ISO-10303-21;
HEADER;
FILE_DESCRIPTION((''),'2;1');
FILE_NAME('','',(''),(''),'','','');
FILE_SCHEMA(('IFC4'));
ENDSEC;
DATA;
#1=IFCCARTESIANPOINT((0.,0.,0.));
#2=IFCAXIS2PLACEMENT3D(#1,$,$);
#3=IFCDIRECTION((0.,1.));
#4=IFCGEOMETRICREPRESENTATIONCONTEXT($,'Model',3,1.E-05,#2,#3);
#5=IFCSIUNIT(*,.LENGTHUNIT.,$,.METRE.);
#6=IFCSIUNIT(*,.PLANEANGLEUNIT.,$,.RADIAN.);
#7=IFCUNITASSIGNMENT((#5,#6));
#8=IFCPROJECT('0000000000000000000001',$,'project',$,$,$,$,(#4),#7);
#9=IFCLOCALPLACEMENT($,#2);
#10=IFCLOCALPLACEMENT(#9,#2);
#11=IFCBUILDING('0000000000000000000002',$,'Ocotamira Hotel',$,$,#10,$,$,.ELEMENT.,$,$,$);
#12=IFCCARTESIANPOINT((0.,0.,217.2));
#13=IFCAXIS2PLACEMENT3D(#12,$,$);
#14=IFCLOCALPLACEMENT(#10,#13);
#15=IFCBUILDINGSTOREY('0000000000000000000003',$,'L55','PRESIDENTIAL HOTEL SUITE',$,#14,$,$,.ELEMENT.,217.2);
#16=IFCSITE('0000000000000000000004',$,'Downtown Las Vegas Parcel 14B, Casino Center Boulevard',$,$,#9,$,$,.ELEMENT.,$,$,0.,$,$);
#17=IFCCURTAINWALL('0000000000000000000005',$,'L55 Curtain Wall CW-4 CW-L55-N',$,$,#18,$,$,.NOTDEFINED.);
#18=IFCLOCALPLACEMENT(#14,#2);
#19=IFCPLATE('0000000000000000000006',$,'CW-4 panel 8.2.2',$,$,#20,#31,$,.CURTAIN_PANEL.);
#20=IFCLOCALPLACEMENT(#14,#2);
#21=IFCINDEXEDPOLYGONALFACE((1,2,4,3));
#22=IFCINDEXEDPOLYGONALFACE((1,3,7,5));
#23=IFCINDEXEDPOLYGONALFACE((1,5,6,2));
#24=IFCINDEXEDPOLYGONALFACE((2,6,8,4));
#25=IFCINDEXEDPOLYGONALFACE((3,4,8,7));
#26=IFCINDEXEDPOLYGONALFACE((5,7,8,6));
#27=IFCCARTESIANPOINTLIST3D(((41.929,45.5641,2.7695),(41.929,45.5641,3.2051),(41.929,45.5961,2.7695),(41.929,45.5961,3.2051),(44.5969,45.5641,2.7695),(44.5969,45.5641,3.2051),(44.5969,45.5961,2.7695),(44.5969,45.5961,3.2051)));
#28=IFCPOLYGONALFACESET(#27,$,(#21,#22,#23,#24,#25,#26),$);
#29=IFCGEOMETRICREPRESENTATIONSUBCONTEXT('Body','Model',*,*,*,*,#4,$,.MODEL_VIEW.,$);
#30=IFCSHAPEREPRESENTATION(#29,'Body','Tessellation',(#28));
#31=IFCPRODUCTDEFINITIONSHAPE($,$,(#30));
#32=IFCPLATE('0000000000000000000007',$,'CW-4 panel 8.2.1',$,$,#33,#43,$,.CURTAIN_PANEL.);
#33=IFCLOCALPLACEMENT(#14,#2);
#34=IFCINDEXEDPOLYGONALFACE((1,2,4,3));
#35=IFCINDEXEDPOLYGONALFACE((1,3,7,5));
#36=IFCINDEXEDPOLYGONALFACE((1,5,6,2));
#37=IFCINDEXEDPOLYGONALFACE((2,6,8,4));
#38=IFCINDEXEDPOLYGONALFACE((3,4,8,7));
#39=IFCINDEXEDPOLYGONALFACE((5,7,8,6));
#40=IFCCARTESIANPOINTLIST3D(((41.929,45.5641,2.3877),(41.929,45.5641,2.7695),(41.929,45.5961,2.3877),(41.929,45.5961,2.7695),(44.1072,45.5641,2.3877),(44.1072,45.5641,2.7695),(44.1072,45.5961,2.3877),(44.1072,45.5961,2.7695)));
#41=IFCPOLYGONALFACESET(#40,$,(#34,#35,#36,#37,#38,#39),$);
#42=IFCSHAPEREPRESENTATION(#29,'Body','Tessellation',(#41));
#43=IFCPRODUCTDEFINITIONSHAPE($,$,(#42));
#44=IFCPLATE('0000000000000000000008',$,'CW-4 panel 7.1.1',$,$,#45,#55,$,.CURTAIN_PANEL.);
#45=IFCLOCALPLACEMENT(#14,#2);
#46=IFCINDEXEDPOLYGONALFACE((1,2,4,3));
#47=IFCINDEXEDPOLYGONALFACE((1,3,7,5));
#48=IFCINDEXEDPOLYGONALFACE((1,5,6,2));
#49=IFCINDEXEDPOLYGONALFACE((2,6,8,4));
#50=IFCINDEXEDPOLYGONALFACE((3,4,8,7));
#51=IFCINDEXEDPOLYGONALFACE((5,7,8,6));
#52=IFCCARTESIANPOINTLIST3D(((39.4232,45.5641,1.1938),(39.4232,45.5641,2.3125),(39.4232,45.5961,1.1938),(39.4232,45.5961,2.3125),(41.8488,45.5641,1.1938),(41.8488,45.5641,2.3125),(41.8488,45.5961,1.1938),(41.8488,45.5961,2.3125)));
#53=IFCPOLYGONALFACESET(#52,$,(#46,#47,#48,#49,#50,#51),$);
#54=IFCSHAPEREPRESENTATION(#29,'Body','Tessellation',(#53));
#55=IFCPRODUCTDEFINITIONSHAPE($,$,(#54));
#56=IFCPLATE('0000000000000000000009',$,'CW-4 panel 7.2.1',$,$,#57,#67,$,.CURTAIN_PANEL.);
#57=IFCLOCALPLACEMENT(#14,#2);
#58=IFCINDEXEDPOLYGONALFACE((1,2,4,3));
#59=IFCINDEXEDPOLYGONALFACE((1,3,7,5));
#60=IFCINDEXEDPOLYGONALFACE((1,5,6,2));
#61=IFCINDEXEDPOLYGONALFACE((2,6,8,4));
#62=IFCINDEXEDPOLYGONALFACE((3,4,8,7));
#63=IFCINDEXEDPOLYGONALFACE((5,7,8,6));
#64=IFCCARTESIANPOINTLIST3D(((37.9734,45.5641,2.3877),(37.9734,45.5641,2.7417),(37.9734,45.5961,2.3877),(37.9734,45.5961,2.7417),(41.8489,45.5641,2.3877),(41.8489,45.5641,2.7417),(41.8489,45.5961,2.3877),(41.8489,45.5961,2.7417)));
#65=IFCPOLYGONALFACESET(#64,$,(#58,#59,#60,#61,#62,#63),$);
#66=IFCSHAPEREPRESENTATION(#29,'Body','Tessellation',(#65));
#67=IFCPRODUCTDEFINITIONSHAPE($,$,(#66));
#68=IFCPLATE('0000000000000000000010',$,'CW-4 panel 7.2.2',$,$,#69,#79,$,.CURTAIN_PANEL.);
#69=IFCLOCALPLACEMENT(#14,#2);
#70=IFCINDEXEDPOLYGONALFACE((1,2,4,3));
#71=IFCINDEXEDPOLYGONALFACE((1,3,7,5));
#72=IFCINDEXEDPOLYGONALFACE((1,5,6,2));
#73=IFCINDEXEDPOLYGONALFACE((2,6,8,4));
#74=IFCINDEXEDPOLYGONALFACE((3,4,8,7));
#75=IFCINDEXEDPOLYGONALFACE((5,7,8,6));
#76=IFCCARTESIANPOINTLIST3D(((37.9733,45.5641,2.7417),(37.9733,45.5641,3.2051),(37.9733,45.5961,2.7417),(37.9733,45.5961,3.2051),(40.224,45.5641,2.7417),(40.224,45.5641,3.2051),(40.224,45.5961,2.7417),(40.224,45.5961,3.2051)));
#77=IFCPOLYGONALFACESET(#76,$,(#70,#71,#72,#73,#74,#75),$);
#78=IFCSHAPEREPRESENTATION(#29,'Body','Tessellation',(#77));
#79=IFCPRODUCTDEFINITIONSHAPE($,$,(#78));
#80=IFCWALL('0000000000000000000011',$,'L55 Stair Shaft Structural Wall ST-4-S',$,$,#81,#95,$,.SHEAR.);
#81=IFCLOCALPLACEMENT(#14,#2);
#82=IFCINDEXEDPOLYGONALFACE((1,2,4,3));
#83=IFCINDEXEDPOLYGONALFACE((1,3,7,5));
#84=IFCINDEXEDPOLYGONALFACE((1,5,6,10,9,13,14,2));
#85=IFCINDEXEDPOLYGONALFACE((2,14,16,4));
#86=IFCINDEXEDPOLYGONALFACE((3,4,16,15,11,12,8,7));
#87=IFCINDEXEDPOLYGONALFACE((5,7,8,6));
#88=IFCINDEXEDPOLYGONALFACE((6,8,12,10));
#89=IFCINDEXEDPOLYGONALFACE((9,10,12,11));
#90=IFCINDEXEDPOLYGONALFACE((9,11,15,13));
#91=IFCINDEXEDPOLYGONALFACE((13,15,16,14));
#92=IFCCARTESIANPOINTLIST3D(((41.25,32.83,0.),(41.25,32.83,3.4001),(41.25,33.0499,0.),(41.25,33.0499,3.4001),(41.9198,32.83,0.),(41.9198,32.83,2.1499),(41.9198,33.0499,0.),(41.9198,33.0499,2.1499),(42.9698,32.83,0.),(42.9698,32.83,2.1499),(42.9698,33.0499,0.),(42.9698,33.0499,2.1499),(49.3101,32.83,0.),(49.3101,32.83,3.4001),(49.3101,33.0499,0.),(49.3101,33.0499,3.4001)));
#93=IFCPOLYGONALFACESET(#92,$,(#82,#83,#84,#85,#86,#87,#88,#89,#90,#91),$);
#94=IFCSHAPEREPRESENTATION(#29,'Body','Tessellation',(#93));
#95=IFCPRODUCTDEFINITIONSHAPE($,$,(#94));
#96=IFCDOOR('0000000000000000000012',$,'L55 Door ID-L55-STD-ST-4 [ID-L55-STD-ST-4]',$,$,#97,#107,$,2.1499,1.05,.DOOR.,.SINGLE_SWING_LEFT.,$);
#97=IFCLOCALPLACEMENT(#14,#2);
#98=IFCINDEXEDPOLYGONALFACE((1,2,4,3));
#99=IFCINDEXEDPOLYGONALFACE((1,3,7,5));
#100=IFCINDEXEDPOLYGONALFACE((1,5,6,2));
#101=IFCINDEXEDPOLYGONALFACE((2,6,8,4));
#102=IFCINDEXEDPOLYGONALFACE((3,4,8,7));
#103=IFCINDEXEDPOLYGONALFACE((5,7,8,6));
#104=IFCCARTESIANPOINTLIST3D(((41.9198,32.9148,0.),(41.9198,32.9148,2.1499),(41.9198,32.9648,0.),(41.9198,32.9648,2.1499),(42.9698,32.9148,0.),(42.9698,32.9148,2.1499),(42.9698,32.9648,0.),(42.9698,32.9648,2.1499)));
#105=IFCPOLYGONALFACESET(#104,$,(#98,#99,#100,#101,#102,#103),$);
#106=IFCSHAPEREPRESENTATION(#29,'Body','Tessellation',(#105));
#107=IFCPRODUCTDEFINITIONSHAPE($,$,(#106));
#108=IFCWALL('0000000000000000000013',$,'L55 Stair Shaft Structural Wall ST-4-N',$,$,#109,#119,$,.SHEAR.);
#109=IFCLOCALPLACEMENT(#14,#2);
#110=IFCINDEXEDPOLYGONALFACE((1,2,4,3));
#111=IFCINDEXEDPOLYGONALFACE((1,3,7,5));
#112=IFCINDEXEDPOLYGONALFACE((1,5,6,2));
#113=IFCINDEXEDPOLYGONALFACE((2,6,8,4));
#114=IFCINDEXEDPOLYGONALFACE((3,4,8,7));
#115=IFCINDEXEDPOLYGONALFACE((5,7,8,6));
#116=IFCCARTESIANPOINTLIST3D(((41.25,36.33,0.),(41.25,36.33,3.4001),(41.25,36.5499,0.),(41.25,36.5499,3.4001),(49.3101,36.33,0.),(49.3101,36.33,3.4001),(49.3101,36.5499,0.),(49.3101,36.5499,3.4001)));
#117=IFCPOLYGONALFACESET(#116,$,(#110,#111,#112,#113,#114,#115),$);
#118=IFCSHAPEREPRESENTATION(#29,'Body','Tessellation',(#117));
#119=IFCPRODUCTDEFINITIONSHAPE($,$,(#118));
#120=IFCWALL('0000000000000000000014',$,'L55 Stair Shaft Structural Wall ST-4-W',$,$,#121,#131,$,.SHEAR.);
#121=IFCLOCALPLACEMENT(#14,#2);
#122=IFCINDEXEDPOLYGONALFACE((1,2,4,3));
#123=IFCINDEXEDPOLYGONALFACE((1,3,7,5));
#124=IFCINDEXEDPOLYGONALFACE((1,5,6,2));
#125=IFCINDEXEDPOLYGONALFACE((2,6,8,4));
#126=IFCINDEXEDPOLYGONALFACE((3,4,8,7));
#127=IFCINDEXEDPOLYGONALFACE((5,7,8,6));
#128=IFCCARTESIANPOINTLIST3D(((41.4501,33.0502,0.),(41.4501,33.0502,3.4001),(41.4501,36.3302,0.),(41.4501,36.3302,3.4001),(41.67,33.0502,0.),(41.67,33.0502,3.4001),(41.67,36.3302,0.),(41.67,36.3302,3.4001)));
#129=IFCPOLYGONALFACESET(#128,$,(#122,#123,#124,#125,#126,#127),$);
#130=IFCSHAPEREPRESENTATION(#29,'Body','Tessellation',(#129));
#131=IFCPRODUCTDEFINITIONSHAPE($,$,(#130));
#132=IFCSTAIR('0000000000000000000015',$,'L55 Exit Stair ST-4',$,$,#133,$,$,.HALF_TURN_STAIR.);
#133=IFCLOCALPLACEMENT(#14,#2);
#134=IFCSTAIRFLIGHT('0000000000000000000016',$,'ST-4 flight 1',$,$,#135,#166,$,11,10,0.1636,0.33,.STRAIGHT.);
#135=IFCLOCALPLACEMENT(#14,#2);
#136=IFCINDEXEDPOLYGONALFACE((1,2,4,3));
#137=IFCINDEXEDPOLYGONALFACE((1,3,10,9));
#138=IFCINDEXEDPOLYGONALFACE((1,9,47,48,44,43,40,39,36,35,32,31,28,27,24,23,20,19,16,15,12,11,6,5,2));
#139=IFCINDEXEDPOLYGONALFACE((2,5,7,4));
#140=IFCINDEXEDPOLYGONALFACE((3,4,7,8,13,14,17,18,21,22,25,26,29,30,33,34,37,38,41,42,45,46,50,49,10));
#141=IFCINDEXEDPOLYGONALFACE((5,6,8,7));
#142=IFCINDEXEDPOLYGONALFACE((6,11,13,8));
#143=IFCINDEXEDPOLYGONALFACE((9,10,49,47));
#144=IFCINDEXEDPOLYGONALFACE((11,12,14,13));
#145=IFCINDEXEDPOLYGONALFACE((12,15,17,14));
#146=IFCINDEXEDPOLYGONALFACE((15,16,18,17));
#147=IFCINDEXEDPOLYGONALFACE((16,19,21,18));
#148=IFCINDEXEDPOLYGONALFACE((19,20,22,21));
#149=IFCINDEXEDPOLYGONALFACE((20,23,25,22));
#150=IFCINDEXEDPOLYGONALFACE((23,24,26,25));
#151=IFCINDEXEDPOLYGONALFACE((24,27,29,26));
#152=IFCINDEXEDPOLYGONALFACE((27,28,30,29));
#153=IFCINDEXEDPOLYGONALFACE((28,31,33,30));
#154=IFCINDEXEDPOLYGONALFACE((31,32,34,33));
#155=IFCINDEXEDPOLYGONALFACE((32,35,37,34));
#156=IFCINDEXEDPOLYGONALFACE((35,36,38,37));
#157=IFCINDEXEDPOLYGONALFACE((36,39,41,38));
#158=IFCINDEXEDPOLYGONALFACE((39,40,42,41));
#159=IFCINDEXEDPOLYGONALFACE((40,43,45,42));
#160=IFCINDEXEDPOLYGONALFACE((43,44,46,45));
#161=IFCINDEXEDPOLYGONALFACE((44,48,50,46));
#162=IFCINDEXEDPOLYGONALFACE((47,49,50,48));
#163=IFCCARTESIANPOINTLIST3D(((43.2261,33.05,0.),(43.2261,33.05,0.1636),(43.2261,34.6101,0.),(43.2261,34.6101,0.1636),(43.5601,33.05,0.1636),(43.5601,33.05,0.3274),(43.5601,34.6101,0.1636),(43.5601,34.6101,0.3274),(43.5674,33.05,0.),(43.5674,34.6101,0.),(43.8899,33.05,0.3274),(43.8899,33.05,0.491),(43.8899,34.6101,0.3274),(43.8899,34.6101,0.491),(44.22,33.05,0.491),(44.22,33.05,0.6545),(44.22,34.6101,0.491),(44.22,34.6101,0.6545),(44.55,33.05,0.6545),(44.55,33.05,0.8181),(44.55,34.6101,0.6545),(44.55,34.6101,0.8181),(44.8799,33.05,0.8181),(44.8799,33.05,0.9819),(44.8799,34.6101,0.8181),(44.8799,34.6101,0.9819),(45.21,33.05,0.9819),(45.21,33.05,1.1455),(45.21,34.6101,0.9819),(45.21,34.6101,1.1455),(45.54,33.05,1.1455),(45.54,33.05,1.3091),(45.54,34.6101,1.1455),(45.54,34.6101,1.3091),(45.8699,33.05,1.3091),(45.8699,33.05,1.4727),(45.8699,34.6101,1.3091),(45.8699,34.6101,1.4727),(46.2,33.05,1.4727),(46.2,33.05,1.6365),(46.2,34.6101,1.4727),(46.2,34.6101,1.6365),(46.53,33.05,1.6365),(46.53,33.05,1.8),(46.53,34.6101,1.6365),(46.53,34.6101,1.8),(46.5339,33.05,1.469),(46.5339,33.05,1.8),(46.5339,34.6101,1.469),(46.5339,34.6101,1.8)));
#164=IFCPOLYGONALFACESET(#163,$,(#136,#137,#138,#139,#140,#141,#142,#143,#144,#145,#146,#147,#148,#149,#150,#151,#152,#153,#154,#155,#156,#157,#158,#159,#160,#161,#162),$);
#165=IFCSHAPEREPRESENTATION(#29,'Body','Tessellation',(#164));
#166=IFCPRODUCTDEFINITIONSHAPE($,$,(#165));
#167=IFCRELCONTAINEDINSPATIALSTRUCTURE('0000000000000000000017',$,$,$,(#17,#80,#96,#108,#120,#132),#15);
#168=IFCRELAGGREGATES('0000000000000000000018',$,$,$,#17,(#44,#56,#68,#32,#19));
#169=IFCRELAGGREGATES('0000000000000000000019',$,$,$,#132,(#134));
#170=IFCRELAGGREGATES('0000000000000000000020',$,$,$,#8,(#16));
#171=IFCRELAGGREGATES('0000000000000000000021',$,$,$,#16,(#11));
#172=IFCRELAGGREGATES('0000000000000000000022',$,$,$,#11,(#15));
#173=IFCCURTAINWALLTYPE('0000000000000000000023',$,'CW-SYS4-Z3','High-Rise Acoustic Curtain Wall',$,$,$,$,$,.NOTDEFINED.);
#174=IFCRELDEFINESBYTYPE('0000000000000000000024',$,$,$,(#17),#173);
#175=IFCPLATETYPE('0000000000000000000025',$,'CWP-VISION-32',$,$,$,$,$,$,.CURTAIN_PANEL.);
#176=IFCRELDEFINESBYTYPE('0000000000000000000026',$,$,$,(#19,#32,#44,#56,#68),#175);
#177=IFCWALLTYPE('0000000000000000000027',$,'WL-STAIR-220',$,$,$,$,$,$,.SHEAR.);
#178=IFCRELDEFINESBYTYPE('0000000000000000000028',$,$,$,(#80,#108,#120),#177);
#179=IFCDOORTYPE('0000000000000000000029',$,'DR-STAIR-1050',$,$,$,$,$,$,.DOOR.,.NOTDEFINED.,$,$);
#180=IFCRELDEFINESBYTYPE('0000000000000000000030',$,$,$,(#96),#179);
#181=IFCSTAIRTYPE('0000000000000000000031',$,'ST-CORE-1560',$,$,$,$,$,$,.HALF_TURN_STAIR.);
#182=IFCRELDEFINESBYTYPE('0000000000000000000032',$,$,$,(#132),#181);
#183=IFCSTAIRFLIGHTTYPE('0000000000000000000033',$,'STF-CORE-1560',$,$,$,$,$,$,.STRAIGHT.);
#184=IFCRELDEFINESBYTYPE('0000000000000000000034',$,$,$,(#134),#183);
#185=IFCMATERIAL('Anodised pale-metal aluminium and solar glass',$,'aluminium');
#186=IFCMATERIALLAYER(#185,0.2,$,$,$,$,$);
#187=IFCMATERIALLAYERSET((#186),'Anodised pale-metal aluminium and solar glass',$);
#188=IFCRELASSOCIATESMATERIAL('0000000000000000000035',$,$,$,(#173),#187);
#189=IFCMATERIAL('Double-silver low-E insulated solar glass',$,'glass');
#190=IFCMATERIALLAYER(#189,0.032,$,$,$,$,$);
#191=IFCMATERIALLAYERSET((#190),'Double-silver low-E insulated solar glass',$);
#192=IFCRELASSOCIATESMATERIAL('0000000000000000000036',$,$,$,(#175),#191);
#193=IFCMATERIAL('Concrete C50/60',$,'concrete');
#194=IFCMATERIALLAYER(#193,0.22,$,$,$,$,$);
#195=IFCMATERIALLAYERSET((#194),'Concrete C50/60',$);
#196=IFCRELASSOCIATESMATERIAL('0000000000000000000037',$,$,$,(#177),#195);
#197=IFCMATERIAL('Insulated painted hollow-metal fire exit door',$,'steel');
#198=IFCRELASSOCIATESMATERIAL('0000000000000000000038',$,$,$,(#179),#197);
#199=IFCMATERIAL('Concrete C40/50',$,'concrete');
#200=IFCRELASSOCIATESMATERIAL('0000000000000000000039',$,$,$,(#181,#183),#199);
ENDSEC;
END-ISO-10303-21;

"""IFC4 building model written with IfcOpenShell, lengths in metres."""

from ifc_helpers import new_model, si_unit, direction, frame, frame_2d, origin, origin_2d, place, context, subcontext, project, spatial, polyline, rectangle, outline, extrude, source, transform, mapped, material, layer, layer_set, type_object, element, fill, aggregate, save


model = new_model("IFC4")

# Units and contexts
model_context = context("Model", 3, precision=1e-05, world=origin(), true_north=direction((0.0, 1.0)))
body_context = subcontext(model_context, "Body", "Model", "MODEL_VIEW")
ifc_project = project(units=[si_unit("LENGTHUNIT", "METRE"), si_unit("PLANEANGLEUNIT", "RADIAN")], contexts=[model_context])

# Site, building, storey
site_placement = place(None, origin())
site = spatial("IfcSite", under=ifc_project, at=site_placement, Name="Downtown Las Vegas Parcel 14B, Casino Center Boulevard", CompositionType="ELEMENT", RefElevation=0.0)
building_placement = place(site_placement, origin())
building = spatial("IfcBuilding", under=site, at=building_placement, Name="Ocotamira Hotel", CompositionType="ELEMENT")
storey_placement = place(building_placement, frame((0.0, 0.0, 217.2)))
storey = spatial("IfcBuildingStorey", under=building, at=storey_placement, Name="L55", Description="PRESIDENTIAL HOTEL SUITE", CompositionType="ELEMENT", Elevation=217.2)

# Shared definitions
ifc_material_1 = material(Name="Concrete C50/60", Category="concrete")

# Curtain wall
ifc_material_2 = material(Name="Anodised pale-metal aluminium and solar glass", Category="aluminium")
ifc_layer_1 = layer(ifc_material_2, 0.2)
ifc_layer_set_1 = layer_set([ifc_layer_1], Name="Anodised pale-metal aluminium and solar glass")
curtain_wall_type = type_object("IfcCurtainWallType", Name="CW-SYS4-Z3", Description="High-Rise Acoustic Curtain Wall", PredefinedType="NOTDEFINED", material=ifc_layer_set_1)
curtain_wall_placement = place(storey_placement, origin())
curtain_wall = element("IfcCurtainWall", 1, at=curtain_wall_placement, inside=storey, type_object=curtain_wall_type, Name="L55 Curtain Wall CW-4 CW-L55-N", PredefinedType="NOTDEFINED")

# Plates
ifc_material_3 = material(Name="Double-silver low-E insulated solar glass", Category="glass")
ifc_layer_2 = layer(ifc_material_3, 0.032)
ifc_layer_set_2 = layer_set([ifc_layer_2], Name="Double-silver low-E insulated solar glass")
plate_type_1 = type_object("IfcPlateType", Name="CWP-VISION-32", PredefinedType="CURTAIN_PANEL", material=ifc_layer_set_2)
shared_shape_1 = source(origin(), body_context, "Body", "SweptSolid", [
    extrude(rectangle(XDim=2.668, YDim=0.032, at=origin_2d()), origin(), (0.0, 0.0, 1.0), 0.4355),
])
plate_1_placement = place(storey_placement, frame((43.2629, 45.5801, 2.7695), z_axis=(0.0, 0.0, 1.0), x_axis=(1.0, 0.0, 0.0)))
plate_1 = element("IfcPlate", 2, at=plate_1_placement, type_object=plate_type_1, Name="CW-4 panel 8.2.2", PredefinedType="CURTAIN_PANEL", context=body_context, shape_type="MappedRepresentation", body=[
    mapped(shared_shape_1, transform((0.0, 0.0, 0.0), scale=1.0)),
])
shared_shape_2 = source(origin(), body_context, "Body", "SweptSolid", [
    extrude(rectangle(XDim=2.1782, YDim=0.032, at=origin_2d()), origin(), (0.0, 0.0, 1.0), 0.3818),
])
plate_2_placement = place(storey_placement, frame((43.0181, 45.5801, 2.3877), z_axis=(0.0, 0.0, 1.0), x_axis=(1.0, 0.0, 0.0)))
plate_2 = element("IfcPlate", 3, at=plate_2_placement, type_object=plate_type_1, Name="CW-4 panel 8.2.1", PredefinedType="CURTAIN_PANEL", context=body_context, shape_type="MappedRepresentation", body=[
    mapped(shared_shape_2, transform((0.0, 0.0, 0.0), scale=1.0)),
])
shared_shape_3 = source(origin(), body_context, "Body", "SweptSolid", [
    extrude(rectangle(XDim=2.4255, YDim=0.032, at=origin_2d()), origin(), (0.0, 0.0, 1.0), 1.1187),
])
plate_3_placement = place(storey_placement, frame((40.636, 45.5801, 1.1938), z_axis=(0.0, 0.0, 1.0), x_axis=(1.0, 0.0, 0.0)))
plate_3 = element("IfcPlate", 4, at=plate_3_placement, type_object=plate_type_1, Name="CW-4 panel 7.1.1", PredefinedType="CURTAIN_PANEL", context=body_context, shape_type="MappedRepresentation", body=[
    mapped(shared_shape_3, transform((0.0, 0.0, 0.0), scale=1.0)),
])
shared_shape_4 = source(origin(), body_context, "Body", "SweptSolid", [
    extrude(rectangle(XDim=3.8755, YDim=0.032, at=origin_2d()), origin(), (0.0, 0.0, 1.0), 0.354),
])
plate_4_placement = place(storey_placement, frame((39.9111, 45.5801, 2.3877), z_axis=(0.0, 0.0, 1.0), x_axis=(1.0, 0.0, 0.0)))
plate_4 = element("IfcPlate", 5, at=plate_4_placement, type_object=plate_type_1, Name="CW-4 panel 7.2.1", PredefinedType="CURTAIN_PANEL", context=body_context, shape_type="MappedRepresentation", body=[
    mapped(shared_shape_4, transform((0.0, 0.0, 0.0), scale=1.0)),
])
shared_shape_5 = source(origin(), body_context, "Body", "SweptSolid", [
    extrude(rectangle(XDim=2.2507, YDim=0.032, at=origin_2d()), origin(), (0.0, 0.0, 1.0), 0.4634),
])
plate_5_placement = place(storey_placement, frame((39.0986, 45.5801, 2.7417), z_axis=(0.0, 0.0, 1.0), x_axis=(1.0, 0.0, 0.0)))
plate_5 = element("IfcPlate", 6, at=plate_5_placement, type_object=plate_type_1, Name="CW-4 panel 7.2.2", PredefinedType="CURTAIN_PANEL", context=body_context, shape_type="MappedRepresentation", body=[
    mapped(shared_shape_5, transform((0.0, 0.0, 0.0), scale=1.0)),
])
aggregate(curtain_wall, [plate_3, plate_4, plate_5, plate_2, plate_1])

# Wall, opening, door
ifc_layer_3 = layer(ifc_material_1, 0.22)
ifc_layer_set_3 = layer_set([ifc_layer_3], Name="Concrete C50/60")
wall_type_1 = type_object("IfcWallType", Name="WL-STAIR-220", PredefinedType="SHEAR", material=ifc_layer_set_3)
wall_1_placement = place(storey_placement, frame((41.25, 32.9399, 0.0), z_axis=(0.0, 0.0, 1.0), x_axis=(1.0, 0.0, 0.0)))
wall_1 = element("IfcWall", 7, at=wall_1_placement, inside=storey, type_object=wall_type_1, Name="L55 Stair Shaft Structural Wall ST-4-S", PredefinedType="SHEAR", context=body_context, shape_type="SweptSolid", body=[
    extrude(rectangle(XDim=8.0601, YDim=0.22, at=frame_2d((4.03, 0.0))), origin(), (0.0, 0.0, 1.0), 3.4001),
])
opening_1_placement = place(wall_1_placement, frame((0.6699, 0.0, 0.0)))
opening_1 = element("IfcOpeningElement", 8, at=opening_1_placement, cuts=wall_1, PredefinedType="OPENING", context=body_context, shape_type="SweptSolid", body=[
    extrude(rectangle(XDim=1.05, YDim=2.1499, at=frame_2d((0.5249, 1.075))), frame((0.0, 0.1201, 0.0), z_axis=(0.0, -1.0, 0.0), x_axis=(1.0, 0.0, 0.0)), (0.0, 0.0, 1.0), 0.24),
])
ifc_material_4 = material(Name="Insulated painted hollow-metal fire exit door", Category="steel")
door_type_1 = type_object("IfcDoorType", Name="DR-STAIR-1050", OperationType="NOTDEFINED", PredefinedType="DOOR", material=ifc_material_4)
shared_shape_6 = source(origin(), body_context, "Body", "SweptSolid", [
    extrude(rectangle(XDim=1.05, YDim=2.1499, at=frame_2d((0.5249, 1.075))), frame((0.0, 0.0249, 0.0), z_axis=(0.0, -1.0, 0.0), x_axis=(1.0, 0.0, 0.0)), (0.0, 0.0, 1.0), 0.05),
])
door_1_placement = place(opening_1_placement, origin())
door_1 = element("IfcDoor", 9, at=door_1_placement, inside=storey, type_object=door_type_1, Name="L55 Door ID-L55-STD-ST-4 [ID-L55-STD-ST-4]", OperationType="SINGLE_SWING_LEFT", OverallHeight=2.1499, OverallWidth=1.05, PredefinedType="DOOR", context=body_context, shape_type="MappedRepresentation", body=[
    mapped(shared_shape_6, transform((0.0, 0.0, 0.0), scale=1.0)),
])
fill(opening_1, door_1)

# Walls
wall_2_placement = place(storey_placement, frame((41.25, 36.4399, 0.0), z_axis=(0.0, 0.0, 1.0), x_axis=(1.0, 0.0, 0.0)))
element("IfcWall", 10, at=wall_2_placement, inside=storey, type_object=wall_type_1, Name="L55 Stair Shaft Structural Wall ST-4-N", PredefinedType="SHEAR", context=body_context, shape_type="SweptSolid", body=[
    extrude(rectangle(XDim=8.0601, YDim=0.22, at=frame_2d((4.03, 0.0))), origin(), (0.0, 0.0, 1.0), 3.4001),
])
wall_3_placement = place(storey_placement, frame((41.5601, 33.05, 0.0), z_axis=(0.0, 0.0, 1.0), x_axis=(0.0, 1.0, 0.0)))
element("IfcWall", 11, at=wall_3_placement, inside=storey, type_object=wall_type_1, Name="L55 Stair Shaft Structural Wall ST-4-W", PredefinedType="SHEAR", context=body_context, shape_type="SweptSolid", body=[
    extrude(rectangle(XDim=3.28, YDim=0.22, at=frame_2d((1.6401, 0.0))), origin(), (0.0, 0.0, 1.0), 3.4001),
])

# Stair, stair flight
ifc_material_5 = material(Name="Concrete C40/50", Category="concrete")
stair_type = type_object("IfcStairType", Name="ST-CORE-1560", PredefinedType="HALF_TURN_STAIR", material=ifc_material_5)
stair_placement = place(storey_placement, origin())
stair = element("IfcStair", 12, at=stair_placement, inside=storey, type_object=stair_type, Name="L55 Exit Stair ST-4", PredefinedType="HALF_TURN_STAIR")
stair_flight_type = type_object("IfcStairFlightType", Name="STF-CORE-1560", PredefinedType="STRAIGHT", material=ifc_material_5)
shared_shape_7 = source(origin(), body_context, "Body", "SweptSolid", [
    extrude(outline(polyline([(-0.0039, 0.0), (-0.0039, 0.1636), (0.3301, 0.1636), (0.3301, 0.3274), (0.6599, 0.3274), (0.6599, 0.491), (0.99, 0.491), (0.99, 0.6545), (1.3201, 0.6545), (1.3201, 0.8181), (1.6499, 0.8181), (1.6499, 0.9819), (1.98, 0.9819), (1.98, 1.1455), (2.3101, 1.1455), (2.3101, 1.3091), (2.6399, 1.3091), (2.6399, 1.4727), (2.97, 1.4727), (2.97, 1.6365), (3.3, 1.6365), (3.3, 1.8), (3.304, 1.8), (3.304, 1.469), (0.3374, 0.0), (-0.0039, 0.0)])), frame((0.0, 0.78, 0.0), z_axis=(0.0, -1.0, 0.0), x_axis=(1.0, 0.0, 0.0)), (0.0, 0.0, 1.0), 1.5601),
])
stair_flight_placement = place(storey_placement, frame((43.23, 33.8301, 0.0), z_axis=(0.0, 0.0, 1.0), x_axis=(1.0, 0.0, 0.0)))
stair_flight = element("IfcStairFlight", 13, at=stair_flight_placement, type_object=stair_flight_type, Name="ST-4 flight 1", NumberOfRisers=11, NumberOfTreads=10, PredefinedType="STRAIGHT", RiserHeight=0.1636, TreadLength=0.33, context=body_context, shape_type="MappedRepresentation", body=[
    mapped(shared_shape_7, transform((0.0, 0.0, 0.0), scale=1.0)),
])
aggregate(stair, [stair_flight])

save(model, "model.ifc")
